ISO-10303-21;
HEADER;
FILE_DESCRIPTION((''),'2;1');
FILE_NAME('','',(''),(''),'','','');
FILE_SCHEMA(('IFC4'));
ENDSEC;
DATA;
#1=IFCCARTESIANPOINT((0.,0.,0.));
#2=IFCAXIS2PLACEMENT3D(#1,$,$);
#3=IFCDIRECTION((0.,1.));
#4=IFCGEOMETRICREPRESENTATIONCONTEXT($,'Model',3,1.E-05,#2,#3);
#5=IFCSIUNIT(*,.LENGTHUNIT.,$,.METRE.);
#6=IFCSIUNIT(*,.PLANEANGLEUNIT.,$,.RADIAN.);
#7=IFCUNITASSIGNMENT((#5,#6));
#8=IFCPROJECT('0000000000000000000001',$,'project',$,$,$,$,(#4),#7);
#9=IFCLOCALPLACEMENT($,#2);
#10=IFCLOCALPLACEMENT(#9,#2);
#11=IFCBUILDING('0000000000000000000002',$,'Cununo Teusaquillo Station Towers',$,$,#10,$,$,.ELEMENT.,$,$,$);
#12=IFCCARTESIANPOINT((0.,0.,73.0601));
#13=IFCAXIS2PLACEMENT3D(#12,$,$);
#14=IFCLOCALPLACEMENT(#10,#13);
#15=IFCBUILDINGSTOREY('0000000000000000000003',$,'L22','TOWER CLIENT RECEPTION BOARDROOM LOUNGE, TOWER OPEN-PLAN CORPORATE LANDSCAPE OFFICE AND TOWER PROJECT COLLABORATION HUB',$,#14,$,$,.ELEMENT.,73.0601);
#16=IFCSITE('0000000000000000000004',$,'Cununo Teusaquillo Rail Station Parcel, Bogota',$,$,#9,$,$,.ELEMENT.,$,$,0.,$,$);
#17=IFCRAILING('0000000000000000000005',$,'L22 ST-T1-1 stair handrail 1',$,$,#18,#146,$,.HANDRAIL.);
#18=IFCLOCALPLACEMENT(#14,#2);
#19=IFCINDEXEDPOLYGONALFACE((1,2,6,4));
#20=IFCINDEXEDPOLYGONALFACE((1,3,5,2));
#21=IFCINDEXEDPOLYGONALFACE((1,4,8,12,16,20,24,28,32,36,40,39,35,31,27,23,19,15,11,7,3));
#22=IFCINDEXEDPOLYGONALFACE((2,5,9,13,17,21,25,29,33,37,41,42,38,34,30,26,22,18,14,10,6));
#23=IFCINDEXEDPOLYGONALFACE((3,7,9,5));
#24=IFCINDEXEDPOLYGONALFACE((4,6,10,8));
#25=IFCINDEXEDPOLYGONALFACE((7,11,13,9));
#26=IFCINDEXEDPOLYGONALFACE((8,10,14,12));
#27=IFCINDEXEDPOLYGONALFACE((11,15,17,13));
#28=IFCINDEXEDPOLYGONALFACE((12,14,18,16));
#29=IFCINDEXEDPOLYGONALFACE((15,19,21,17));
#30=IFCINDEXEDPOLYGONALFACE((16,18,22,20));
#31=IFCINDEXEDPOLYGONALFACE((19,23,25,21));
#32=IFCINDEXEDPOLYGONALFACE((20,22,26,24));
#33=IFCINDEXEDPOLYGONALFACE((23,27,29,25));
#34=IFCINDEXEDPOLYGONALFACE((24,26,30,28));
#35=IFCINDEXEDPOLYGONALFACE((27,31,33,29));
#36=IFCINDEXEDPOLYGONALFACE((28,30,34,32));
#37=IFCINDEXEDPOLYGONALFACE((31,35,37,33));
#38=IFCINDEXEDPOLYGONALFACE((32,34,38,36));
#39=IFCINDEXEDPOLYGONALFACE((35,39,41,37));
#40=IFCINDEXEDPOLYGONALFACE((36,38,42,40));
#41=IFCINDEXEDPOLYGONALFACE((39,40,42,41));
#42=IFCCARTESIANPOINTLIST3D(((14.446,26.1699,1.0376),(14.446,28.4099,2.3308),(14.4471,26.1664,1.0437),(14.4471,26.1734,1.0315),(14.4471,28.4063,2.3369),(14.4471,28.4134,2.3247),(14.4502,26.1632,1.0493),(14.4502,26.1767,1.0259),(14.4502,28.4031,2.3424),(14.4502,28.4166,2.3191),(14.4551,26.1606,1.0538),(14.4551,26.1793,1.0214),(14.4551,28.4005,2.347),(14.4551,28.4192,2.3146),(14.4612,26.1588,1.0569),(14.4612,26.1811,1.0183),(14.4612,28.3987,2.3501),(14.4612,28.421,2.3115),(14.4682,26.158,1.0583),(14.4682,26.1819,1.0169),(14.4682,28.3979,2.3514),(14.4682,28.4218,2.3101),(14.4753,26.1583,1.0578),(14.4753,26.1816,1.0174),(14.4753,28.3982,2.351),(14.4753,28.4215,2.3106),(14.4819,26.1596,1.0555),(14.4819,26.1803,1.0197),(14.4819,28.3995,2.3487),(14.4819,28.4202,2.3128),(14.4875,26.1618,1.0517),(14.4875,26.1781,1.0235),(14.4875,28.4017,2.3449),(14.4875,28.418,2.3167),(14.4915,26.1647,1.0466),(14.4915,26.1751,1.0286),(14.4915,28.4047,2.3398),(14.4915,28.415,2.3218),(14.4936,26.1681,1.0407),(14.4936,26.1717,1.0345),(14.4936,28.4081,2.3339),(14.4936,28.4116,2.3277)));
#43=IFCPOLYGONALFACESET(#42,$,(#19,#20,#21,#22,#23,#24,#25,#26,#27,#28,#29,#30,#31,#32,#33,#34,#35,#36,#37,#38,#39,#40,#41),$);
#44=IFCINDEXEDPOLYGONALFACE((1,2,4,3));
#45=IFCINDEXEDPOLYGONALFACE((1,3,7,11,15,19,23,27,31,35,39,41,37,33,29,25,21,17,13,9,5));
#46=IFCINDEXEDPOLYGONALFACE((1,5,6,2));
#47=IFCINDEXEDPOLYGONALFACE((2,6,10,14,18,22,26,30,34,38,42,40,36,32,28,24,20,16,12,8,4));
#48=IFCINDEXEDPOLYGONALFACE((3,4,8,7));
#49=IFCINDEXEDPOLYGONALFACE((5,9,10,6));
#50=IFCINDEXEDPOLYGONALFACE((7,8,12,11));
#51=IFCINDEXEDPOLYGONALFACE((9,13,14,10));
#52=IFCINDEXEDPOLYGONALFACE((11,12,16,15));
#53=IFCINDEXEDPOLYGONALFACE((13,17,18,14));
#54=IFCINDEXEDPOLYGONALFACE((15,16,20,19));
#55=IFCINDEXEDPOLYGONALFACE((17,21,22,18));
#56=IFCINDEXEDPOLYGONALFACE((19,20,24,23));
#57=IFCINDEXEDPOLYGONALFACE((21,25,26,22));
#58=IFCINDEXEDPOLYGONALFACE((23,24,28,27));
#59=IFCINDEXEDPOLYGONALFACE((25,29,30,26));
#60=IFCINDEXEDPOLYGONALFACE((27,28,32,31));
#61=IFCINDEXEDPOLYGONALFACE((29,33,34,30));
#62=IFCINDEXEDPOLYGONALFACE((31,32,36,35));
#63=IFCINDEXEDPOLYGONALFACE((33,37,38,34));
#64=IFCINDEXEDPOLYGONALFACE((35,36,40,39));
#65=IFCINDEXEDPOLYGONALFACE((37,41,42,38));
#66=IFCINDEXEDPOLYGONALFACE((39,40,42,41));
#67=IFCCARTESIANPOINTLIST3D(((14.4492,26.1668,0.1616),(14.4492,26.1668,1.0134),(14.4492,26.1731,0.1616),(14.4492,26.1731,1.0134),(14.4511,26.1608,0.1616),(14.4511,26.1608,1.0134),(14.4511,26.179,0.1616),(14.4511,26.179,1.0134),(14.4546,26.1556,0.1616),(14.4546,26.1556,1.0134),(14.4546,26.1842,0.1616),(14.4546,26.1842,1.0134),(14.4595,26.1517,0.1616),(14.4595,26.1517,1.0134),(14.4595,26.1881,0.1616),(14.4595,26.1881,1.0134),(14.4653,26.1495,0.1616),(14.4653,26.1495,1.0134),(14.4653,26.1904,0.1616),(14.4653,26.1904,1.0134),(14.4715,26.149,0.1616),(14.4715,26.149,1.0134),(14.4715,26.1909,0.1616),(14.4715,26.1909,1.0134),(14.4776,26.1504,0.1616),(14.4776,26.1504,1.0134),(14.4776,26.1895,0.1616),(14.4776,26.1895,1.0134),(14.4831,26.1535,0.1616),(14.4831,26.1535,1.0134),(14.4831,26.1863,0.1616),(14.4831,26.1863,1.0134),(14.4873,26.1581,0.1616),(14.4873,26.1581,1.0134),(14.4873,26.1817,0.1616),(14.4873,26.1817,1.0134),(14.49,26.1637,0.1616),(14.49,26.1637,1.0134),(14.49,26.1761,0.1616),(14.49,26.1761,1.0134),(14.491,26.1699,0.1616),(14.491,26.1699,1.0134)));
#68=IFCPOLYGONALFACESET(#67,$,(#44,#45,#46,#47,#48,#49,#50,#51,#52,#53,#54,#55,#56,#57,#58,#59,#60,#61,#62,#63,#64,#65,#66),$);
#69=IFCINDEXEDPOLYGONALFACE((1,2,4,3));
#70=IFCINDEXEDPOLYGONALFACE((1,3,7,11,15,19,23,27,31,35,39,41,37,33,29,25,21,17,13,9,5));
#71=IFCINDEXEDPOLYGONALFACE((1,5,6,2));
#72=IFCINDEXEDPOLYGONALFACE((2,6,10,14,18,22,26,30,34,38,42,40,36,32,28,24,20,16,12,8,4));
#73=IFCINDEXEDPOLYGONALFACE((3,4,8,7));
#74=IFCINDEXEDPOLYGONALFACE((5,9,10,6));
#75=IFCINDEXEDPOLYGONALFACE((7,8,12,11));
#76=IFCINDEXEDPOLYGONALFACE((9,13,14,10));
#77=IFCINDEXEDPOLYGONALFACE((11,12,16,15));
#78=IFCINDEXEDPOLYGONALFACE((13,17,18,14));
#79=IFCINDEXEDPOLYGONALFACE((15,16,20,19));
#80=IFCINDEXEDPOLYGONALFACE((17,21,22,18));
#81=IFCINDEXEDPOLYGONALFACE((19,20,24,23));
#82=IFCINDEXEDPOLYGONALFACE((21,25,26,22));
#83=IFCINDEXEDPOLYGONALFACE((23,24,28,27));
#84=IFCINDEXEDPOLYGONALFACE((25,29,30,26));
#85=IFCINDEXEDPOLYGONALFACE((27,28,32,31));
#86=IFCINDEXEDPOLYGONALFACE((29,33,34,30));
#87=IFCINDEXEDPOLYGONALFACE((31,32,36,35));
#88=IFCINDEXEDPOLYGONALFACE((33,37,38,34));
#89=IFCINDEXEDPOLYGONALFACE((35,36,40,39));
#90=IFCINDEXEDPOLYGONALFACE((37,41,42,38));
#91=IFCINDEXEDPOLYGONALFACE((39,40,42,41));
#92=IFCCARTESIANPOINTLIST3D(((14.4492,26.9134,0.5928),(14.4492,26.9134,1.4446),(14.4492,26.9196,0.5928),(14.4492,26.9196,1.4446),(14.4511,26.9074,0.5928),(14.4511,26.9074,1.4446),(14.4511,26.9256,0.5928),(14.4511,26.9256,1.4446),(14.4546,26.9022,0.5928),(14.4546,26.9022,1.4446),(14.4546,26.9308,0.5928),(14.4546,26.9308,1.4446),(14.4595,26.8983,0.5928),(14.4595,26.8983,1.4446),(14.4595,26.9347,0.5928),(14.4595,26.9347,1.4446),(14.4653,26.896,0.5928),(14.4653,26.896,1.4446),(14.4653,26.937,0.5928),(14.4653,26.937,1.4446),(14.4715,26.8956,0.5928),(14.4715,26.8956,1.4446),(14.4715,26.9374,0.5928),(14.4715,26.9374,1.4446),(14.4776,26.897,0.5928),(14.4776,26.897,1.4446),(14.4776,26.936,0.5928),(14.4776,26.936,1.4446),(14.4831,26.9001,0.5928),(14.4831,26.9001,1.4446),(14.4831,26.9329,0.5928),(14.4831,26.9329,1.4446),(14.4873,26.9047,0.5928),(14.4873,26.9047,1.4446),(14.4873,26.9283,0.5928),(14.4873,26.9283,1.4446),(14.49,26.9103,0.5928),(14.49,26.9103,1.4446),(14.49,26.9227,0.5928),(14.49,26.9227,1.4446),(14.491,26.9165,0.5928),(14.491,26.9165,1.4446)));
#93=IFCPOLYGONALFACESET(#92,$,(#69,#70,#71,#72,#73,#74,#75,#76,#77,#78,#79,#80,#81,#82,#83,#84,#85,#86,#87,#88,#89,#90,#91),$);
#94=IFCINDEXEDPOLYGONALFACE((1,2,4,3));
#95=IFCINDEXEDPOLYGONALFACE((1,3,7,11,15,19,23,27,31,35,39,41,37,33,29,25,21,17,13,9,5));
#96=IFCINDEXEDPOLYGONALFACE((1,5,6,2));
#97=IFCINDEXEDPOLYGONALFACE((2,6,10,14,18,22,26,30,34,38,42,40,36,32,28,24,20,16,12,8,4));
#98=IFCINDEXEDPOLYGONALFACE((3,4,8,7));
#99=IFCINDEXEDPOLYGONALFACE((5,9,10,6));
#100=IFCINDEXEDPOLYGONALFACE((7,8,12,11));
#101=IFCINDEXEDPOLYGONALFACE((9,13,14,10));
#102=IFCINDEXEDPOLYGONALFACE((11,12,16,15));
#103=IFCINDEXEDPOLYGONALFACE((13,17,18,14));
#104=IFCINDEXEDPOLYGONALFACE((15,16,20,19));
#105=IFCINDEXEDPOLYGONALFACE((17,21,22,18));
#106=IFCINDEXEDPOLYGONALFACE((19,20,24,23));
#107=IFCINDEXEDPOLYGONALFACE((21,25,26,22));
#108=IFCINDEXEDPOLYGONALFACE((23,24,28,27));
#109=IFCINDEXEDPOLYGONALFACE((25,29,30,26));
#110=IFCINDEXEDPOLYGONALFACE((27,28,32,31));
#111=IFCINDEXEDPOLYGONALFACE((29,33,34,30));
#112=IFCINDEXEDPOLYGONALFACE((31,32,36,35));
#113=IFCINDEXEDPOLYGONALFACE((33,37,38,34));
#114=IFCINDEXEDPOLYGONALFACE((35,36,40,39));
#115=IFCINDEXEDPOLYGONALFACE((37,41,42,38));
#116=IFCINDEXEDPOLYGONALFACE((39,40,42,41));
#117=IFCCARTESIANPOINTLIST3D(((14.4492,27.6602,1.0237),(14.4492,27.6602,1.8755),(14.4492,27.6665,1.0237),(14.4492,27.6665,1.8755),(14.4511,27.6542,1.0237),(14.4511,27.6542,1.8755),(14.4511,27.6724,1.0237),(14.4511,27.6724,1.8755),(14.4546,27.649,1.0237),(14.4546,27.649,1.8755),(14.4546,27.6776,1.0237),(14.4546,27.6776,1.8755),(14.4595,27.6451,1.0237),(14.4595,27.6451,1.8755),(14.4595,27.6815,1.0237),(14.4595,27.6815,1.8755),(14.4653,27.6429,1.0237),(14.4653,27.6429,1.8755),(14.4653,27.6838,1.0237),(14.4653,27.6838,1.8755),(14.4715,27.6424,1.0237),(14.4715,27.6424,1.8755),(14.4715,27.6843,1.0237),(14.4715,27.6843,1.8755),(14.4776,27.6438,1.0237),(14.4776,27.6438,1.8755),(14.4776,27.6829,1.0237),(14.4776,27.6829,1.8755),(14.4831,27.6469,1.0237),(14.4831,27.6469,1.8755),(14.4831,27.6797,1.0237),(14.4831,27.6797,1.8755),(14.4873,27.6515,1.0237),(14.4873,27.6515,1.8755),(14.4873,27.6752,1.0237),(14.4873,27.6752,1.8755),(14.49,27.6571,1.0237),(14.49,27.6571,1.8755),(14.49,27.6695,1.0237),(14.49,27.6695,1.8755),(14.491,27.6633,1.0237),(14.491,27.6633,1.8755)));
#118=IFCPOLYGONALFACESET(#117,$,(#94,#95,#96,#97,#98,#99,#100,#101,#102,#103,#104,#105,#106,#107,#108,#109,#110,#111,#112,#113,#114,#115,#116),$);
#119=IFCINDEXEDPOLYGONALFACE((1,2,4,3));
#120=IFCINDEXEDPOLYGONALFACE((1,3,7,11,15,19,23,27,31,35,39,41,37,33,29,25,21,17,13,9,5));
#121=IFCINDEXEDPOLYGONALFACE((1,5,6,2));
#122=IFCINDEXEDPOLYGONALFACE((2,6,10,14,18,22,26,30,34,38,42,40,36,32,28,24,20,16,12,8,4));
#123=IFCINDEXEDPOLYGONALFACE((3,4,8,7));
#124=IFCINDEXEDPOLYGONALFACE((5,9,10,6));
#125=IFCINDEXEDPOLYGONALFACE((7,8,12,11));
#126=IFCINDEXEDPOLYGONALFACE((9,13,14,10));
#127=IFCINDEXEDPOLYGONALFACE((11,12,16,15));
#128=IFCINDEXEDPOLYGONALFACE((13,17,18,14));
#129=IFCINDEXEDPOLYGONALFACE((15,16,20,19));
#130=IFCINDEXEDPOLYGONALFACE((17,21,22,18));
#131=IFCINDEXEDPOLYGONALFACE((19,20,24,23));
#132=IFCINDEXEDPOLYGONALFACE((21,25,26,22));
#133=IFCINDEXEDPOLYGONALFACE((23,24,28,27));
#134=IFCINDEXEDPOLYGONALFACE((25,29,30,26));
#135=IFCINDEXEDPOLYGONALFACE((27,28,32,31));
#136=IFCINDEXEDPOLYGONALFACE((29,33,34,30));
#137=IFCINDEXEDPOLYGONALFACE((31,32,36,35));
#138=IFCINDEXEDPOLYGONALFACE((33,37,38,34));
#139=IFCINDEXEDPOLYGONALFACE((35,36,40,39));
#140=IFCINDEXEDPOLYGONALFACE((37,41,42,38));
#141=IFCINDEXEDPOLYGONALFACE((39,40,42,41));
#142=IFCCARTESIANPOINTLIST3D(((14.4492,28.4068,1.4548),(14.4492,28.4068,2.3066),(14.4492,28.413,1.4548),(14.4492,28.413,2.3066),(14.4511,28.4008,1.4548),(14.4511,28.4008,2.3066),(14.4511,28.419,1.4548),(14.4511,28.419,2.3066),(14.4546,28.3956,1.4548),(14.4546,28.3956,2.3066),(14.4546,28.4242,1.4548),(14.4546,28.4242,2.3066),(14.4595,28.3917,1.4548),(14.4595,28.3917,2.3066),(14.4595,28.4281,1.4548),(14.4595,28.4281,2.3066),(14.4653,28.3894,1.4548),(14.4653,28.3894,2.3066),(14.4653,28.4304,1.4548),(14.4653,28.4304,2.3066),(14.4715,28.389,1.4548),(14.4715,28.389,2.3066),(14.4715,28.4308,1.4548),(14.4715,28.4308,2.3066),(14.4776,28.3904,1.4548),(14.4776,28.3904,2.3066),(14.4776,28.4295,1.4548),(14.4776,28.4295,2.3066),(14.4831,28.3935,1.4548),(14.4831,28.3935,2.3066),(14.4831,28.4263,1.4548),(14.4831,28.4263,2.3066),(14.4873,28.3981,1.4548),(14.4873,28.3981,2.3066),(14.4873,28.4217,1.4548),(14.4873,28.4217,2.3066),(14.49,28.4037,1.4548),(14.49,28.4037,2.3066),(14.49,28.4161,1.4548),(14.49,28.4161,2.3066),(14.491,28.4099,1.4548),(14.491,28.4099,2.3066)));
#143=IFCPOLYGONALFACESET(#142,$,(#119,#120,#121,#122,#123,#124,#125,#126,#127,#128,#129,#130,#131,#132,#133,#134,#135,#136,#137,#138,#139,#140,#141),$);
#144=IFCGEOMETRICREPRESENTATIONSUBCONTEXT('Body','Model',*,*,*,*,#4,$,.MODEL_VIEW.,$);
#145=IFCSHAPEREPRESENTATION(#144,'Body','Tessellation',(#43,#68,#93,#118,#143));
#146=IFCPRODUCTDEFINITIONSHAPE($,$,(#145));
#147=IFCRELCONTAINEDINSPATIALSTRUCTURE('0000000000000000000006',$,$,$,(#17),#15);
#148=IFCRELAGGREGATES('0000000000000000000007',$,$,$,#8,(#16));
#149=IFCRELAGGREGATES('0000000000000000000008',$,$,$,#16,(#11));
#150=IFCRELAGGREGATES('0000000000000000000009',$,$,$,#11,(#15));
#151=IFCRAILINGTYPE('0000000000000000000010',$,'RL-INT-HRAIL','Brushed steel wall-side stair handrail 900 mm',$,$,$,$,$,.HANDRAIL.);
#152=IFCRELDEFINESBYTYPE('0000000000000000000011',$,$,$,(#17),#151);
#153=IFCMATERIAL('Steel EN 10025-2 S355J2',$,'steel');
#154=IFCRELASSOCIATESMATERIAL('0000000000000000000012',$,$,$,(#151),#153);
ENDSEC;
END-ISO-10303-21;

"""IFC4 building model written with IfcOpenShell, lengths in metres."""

from ifc_helpers import new_model, si_unit, direction, frame, origin, origin_2d, place, context, subcontext, project, spatial, circle, extrude, material, type_object, element, save


model = new_model("IFC4")

# Units and contexts
model_context = context("Model", 3, precision=1e-05, world=origin(), true_north=direction((0.0, 1.0)))
body_context = subcontext(model_context, "Body", "Model", "MODEL_VIEW")
ifc_project = project(units=[si_unit("LENGTHUNIT", "METRE"), si_unit("PLANEANGLEUNIT", "RADIAN")], contexts=[model_context])

# Site, building, storey
site_placement = place(None, origin())
site = spatial("IfcSite", under=ifc_project, at=site_placement, Name="Cununo Teusaquillo Rail Station Parcel, Bogota", CompositionType="ELEMENT", RefElevation=0.0)
building_placement = place(site_placement, origin())
building = spatial("IfcBuilding", under=site, at=building_placement, Name="Cununo Teusaquillo Station Towers", CompositionType="ELEMENT")
storey_placement = place(building_placement, frame((0.0, 0.0, 73.0601)))
storey = spatial("IfcBuildingStorey", under=building, at=storey_placement, Name="L22", Description="TOWER CLIENT RECEPTION BOARDROOM LOUNGE, TOWER OPEN-PLAN CORPORATE LANDSCAPE OFFICE AND TOWER PROJECT COLLABORATION HUB", CompositionType="ELEMENT", Elevation=73.0601)

# Railing
ifc_material_1 = material(Name="Steel EN 10025-2 S355J2", Category="steel")
railing_type_1 = type_object("IfcRailingType", Name="RL-INT-HRAIL", Description="Brushed steel wall-side stair handrail 900 mm", PredefinedType="HANDRAIL", material=ifc_material_1)
railing_1_placement = place(storey_placement, frame((14.47, 26.1699, 0.1616)))
element("IfcRailing", 1, at=railing_1_placement, inside=storey, type_object=railing_type_1, Name="L22 ST-T1-1 stair handrail 1", PredefinedType="HANDRAIL", context=body_context, shape_type="SweptSolid", body=[
    extrude(circle(Radius=0.0239, at=origin_2d()), frame((0.0, 0.0, 0.876), z_axis=(0.0, 0.866033, 0.499987), x_axis=(-1.0, 0.0, 0.0)), (0.0, 0.0, 1.0), 2.5864),
    extrude(circle(Radius=0.021, at=origin_2d()), origin(), (0.0, 0.0, 1.0), 0.8518),
    extrude(circle(Radius=0.021, at=origin_2d()), frame((0.0, 0.7466, 0.4312)), (0.0, 0.0, 1.0), 0.8518),
    extrude(circle(Radius=0.021, at=origin_2d()), frame((0.0, 1.4934, 0.8621)), (0.0, 0.0, 1.0), 0.8518),
    extrude(circle(Radius=0.021, at=origin_2d()), frame((0.0, 2.24, 1.2932)), (0.0, 0.0, 1.0), 0.8518),
])

save(model, "model.ifc")
